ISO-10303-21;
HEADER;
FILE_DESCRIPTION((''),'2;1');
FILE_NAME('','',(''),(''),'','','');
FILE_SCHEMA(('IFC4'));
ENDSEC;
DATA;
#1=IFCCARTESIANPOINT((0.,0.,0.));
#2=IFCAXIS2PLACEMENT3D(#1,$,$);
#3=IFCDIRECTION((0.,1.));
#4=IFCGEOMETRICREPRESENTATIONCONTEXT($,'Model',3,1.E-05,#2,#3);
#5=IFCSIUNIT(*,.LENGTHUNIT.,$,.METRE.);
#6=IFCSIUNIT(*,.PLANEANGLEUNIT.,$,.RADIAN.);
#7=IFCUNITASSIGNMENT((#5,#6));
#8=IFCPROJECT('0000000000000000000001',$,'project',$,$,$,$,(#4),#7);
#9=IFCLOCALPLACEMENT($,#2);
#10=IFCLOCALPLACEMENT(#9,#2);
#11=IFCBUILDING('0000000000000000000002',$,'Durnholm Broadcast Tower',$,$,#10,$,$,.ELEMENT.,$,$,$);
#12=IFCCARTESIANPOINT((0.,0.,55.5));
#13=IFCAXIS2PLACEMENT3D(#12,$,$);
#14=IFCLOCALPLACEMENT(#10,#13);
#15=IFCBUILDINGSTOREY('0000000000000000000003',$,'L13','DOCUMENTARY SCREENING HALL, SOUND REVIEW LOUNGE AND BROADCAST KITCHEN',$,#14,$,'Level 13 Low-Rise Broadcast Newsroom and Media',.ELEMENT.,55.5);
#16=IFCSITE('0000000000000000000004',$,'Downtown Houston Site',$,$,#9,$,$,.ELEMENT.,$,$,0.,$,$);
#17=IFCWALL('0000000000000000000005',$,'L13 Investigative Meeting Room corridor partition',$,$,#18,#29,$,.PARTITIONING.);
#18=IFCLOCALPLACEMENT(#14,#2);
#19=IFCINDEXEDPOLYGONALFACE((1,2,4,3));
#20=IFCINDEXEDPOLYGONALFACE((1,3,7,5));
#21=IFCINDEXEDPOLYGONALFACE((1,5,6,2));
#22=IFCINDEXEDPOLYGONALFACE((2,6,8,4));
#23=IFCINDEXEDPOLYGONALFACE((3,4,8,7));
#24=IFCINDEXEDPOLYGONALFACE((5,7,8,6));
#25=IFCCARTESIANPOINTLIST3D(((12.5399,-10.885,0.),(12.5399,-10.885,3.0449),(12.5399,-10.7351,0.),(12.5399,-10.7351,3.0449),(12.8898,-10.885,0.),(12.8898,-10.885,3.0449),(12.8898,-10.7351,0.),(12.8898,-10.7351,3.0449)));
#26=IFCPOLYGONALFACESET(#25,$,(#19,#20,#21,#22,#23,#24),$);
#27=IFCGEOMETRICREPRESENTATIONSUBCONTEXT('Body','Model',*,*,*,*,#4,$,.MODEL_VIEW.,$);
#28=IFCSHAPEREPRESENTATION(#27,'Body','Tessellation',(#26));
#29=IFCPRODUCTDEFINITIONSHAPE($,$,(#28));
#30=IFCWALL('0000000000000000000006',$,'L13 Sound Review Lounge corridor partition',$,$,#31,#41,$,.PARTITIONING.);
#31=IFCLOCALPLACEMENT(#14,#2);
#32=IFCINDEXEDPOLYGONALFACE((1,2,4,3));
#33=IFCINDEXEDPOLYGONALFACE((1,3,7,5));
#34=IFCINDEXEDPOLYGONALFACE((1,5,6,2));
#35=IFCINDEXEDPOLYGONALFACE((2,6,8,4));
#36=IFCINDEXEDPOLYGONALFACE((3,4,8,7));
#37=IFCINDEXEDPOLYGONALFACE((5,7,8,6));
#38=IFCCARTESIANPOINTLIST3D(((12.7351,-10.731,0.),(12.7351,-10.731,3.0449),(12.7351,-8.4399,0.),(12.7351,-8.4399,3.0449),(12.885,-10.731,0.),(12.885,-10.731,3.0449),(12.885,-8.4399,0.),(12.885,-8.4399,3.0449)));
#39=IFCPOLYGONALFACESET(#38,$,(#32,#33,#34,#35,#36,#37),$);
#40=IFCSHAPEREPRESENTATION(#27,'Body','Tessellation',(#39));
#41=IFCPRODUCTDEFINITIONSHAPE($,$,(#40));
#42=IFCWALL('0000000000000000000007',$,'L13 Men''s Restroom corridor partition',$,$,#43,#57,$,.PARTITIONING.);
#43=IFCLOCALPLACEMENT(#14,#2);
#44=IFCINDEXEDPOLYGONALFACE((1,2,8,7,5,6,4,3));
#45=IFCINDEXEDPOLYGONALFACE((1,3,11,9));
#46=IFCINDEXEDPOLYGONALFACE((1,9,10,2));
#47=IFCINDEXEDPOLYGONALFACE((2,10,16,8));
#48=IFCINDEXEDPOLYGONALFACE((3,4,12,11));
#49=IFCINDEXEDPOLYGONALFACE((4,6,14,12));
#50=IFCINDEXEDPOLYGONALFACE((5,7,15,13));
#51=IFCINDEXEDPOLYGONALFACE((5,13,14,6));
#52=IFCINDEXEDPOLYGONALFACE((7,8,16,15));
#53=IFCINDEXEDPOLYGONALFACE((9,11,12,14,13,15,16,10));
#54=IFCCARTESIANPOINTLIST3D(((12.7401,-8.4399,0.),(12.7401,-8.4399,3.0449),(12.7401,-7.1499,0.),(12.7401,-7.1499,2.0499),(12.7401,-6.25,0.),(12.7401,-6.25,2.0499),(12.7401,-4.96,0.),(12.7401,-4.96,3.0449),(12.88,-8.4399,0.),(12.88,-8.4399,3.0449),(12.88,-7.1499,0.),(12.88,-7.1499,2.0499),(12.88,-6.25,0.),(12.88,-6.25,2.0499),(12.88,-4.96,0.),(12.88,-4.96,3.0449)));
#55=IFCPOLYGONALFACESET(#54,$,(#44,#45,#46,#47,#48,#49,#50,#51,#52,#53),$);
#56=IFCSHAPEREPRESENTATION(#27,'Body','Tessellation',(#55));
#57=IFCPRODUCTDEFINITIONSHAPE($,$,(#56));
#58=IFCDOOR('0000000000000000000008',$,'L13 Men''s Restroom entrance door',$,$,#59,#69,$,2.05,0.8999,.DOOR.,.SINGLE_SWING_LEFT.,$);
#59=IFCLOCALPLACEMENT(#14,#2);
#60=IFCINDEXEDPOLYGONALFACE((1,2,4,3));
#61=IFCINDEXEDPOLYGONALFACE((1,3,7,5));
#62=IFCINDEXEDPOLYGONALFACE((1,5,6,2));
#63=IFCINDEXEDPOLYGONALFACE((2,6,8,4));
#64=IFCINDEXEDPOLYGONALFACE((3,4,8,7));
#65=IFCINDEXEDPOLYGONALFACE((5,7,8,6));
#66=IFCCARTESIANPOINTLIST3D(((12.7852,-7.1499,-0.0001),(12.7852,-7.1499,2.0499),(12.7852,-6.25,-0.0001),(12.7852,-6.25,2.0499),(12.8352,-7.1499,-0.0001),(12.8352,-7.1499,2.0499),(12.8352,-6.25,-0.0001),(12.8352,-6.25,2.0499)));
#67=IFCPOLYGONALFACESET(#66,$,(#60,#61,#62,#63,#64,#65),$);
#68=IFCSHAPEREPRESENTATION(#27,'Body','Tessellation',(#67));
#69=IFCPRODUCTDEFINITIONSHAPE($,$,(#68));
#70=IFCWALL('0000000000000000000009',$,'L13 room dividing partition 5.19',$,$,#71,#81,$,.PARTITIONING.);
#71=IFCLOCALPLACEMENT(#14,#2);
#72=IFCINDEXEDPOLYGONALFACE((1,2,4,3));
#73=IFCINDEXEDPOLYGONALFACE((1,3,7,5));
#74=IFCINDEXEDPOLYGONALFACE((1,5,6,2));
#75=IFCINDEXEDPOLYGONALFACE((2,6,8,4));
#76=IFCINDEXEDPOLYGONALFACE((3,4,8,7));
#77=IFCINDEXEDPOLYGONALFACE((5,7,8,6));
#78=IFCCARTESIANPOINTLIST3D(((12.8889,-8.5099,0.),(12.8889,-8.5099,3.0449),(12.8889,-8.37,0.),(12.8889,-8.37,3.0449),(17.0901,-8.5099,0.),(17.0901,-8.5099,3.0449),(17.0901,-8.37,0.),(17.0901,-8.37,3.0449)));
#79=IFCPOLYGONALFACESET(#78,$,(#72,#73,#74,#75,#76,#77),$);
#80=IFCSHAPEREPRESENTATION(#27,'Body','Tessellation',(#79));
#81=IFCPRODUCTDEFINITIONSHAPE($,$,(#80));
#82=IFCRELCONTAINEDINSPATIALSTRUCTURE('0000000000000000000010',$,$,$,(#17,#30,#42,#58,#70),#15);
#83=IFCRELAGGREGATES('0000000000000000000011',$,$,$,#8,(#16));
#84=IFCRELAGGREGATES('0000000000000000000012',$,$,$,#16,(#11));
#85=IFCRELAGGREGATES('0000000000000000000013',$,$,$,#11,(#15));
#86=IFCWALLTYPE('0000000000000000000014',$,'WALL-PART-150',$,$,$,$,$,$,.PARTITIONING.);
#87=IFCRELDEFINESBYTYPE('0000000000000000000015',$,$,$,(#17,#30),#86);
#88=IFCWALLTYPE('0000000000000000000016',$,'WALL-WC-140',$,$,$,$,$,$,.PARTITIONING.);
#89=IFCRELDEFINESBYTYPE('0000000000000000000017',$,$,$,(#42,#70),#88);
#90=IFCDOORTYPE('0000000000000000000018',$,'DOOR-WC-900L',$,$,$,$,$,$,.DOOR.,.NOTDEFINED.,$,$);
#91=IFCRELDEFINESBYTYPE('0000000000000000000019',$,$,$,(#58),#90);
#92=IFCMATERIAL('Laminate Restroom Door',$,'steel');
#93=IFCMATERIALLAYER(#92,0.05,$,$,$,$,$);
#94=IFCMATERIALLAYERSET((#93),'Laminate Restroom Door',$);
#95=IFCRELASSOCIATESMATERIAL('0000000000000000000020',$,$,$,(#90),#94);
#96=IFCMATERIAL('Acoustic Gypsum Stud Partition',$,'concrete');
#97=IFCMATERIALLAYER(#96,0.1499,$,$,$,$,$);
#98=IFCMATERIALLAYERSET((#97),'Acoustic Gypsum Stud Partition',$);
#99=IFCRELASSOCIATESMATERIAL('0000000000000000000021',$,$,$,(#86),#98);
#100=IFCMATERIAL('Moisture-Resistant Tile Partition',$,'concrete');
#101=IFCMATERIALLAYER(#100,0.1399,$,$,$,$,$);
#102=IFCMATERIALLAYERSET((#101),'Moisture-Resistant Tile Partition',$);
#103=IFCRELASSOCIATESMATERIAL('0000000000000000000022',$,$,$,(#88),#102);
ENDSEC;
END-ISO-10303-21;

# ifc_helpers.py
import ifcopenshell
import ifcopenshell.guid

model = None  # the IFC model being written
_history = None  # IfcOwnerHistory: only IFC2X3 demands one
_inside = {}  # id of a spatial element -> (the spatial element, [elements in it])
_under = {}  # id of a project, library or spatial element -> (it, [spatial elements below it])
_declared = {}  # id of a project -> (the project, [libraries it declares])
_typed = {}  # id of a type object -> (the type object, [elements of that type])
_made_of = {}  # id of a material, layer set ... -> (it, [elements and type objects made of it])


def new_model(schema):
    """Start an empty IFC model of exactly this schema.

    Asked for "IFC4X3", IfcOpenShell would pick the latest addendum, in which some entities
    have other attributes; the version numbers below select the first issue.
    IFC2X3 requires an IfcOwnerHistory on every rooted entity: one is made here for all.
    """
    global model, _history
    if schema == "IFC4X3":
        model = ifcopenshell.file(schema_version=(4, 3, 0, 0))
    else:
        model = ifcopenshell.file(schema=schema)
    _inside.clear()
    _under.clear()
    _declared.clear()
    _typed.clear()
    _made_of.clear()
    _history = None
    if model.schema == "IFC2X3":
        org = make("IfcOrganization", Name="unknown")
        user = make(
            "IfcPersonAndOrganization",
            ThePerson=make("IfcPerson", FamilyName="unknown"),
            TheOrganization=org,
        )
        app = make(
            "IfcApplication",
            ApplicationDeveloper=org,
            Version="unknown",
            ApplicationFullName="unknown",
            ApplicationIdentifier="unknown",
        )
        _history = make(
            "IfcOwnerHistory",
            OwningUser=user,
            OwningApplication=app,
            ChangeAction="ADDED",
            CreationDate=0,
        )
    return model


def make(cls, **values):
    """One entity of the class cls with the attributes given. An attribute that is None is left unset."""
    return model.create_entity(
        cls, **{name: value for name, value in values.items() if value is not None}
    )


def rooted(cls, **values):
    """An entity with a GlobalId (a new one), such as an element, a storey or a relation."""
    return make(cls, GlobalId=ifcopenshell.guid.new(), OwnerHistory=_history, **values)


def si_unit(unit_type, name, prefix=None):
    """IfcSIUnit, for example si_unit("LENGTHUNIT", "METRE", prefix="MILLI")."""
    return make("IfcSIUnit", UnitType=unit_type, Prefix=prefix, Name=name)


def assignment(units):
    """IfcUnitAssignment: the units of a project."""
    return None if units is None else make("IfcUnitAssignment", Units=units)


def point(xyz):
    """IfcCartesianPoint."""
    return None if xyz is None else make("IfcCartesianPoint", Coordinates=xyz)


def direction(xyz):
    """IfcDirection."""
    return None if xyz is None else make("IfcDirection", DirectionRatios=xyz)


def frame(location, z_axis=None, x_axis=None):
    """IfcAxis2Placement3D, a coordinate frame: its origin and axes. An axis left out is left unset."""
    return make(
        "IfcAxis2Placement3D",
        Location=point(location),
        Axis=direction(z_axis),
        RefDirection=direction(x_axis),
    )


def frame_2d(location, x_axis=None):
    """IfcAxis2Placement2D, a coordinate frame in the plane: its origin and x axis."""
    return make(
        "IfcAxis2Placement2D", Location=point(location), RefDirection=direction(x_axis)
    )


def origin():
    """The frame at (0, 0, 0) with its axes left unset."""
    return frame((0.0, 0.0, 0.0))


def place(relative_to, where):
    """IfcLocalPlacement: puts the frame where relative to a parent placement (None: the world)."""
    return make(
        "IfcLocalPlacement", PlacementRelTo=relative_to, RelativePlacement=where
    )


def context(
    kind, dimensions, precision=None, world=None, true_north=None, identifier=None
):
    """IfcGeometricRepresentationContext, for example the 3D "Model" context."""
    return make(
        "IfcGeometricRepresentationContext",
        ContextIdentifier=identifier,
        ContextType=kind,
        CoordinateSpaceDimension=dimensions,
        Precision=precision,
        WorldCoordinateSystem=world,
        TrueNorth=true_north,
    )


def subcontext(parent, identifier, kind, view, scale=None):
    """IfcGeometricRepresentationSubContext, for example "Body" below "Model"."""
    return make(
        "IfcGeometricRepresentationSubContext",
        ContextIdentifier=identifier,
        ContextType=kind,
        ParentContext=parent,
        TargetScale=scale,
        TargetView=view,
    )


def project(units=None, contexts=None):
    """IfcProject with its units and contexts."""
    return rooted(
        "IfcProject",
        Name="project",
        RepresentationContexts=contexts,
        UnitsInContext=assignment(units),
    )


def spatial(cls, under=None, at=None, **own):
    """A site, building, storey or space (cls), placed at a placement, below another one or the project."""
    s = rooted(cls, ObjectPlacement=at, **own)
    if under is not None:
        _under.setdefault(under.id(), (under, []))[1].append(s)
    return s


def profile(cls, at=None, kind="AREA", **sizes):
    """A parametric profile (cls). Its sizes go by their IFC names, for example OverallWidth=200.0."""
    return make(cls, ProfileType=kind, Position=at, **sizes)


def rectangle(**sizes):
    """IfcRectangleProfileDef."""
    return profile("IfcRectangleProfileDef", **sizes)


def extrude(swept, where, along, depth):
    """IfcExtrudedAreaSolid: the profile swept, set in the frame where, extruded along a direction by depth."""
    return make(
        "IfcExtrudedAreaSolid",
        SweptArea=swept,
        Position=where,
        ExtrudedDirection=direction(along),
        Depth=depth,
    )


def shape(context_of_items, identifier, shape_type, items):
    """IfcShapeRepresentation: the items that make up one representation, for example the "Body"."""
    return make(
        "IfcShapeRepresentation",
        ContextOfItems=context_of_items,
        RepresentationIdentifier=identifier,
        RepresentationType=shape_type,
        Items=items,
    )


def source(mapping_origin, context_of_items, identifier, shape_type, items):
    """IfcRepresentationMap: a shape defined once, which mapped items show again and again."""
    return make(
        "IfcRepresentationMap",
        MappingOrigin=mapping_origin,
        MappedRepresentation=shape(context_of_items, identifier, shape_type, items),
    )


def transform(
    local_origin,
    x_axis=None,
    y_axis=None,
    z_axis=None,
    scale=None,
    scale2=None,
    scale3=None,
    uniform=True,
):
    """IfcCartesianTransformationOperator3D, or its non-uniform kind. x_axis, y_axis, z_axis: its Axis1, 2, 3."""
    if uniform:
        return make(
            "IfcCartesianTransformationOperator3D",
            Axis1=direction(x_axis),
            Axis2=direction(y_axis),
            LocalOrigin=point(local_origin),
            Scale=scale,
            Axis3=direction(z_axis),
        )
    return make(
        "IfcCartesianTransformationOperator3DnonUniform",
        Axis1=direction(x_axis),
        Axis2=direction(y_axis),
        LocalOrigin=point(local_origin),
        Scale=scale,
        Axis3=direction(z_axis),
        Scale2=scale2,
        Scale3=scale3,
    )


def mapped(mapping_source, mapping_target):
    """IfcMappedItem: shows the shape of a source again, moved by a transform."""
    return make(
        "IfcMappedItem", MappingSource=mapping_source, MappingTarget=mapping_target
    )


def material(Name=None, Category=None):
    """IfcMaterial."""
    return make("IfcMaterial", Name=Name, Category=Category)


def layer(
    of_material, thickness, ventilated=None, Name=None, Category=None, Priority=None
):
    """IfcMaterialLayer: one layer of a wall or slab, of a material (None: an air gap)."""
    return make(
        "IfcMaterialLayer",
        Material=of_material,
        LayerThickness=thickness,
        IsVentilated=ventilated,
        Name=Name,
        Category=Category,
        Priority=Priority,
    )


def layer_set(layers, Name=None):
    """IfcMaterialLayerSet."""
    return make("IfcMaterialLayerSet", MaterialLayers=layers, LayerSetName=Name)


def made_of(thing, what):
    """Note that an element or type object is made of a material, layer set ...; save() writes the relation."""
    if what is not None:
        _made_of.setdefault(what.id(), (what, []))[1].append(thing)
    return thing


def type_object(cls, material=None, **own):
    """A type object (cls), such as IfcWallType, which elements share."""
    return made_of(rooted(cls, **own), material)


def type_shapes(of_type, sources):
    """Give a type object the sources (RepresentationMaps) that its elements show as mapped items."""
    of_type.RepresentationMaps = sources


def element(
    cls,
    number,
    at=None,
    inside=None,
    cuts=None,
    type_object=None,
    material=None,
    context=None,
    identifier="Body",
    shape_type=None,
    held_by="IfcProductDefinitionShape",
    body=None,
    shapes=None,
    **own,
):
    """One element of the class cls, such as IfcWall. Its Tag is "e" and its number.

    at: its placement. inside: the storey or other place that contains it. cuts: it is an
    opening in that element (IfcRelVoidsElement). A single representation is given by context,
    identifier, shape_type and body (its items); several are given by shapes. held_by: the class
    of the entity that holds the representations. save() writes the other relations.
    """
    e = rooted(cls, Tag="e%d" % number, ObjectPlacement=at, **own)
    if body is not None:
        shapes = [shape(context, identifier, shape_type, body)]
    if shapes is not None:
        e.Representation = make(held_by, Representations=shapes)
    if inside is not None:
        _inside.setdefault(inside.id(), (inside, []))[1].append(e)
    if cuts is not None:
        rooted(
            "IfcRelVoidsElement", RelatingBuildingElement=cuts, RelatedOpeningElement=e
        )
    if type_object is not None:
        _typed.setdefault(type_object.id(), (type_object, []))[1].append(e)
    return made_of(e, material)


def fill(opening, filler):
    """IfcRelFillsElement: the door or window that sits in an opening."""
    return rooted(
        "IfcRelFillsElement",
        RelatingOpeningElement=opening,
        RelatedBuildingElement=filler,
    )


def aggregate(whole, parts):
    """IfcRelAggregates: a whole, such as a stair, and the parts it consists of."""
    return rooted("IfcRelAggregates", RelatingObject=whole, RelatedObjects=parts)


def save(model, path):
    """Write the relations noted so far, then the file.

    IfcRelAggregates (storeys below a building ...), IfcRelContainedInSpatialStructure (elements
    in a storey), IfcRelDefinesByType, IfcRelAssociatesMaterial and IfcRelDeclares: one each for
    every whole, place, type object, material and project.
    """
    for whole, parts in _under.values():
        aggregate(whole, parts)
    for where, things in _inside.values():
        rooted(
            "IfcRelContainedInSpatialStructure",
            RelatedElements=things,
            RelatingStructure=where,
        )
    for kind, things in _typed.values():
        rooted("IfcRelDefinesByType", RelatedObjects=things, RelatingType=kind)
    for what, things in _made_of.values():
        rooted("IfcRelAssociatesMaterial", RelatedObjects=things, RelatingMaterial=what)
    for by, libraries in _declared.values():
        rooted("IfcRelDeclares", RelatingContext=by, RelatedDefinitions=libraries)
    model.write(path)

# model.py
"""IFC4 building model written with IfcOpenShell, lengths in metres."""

from ifc_helpers import new_model, si_unit, direction, frame, frame_2d, origin, place, context, subcontext, project, spatial, rectangle, extrude, source, transform, mapped, material, layer, layer_set, type_object, type_shapes, element, fill, save


model = new_model("IFC4")

# Units and contexts
model_context = context("Model", 3, precision=1e-05, world=origin(), true_north=direction((0.0, 1.0)))
body_context = subcontext(model_context, "Body", "Model", "MODEL_VIEW")
ifc_project = project(units=[si_unit("LENGTHUNIT", "METRE"), si_unit("PLANEANGLEUNIT", "RADIAN")], contexts=[model_context])

# Site, building, storey
site_placement = place(None, origin())
site = spatial("IfcSite", under=ifc_project, at=site_placement, Name="Downtown Houston Site", CompositionType="ELEMENT", RefElevation=0.0)
building_placement = place(site_placement, origin())
building = spatial("IfcBuilding", under=site, at=building_placement, Name="Durnholm Broadcast Tower", CompositionType="ELEMENT")
storey_placement = place(building_placement, frame((0.0, 0.0, 55.5)))
storey = spatial("IfcBuildingStorey", under=building, at=storey_placement, Name="L13", Description="DOCUMENTARY SCREENING HALL, SOUND REVIEW LOUNGE AND BROADCAST KITCHEN", LongName="Level 13 Low-Rise Broadcast Newsroom and Media", CompositionType="ELEMENT", Elevation=55.5)

# Shared definitions
ifc_material_1 = material(Name="Laminate Restroom Door", Category="steel")
ifc_layer_1 = layer(ifc_material_1, 0.05)
ifc_layer_set_1 = layer_set([ifc_layer_1], Name="Laminate Restroom Door")
door_type = type_object("IfcDoorType", Name="DOOR-WC-900L", OperationType="NOTDEFINED", PredefinedType="DOOR", material=ifc_layer_set_1)
shared_shape_1 = source(origin(), body_context, "Body", "SweptSolid", [
    extrude(rectangle(XDim=0.8999, YDim=2.05, at=frame_2d((0.45, 1.0249))), frame((0.0, 0.0249, 0.0), z_axis=(0.0, -1.0, 0.0), x_axis=(1.0, 0.0, 0.0)), (0.0, 0.0, 1.0), 0.05),
])
type_shapes(door_type, [shared_shape_1])

# Walls
ifc_material_2 = material(Name="Acoustic Gypsum Stud Partition", Category="concrete")
ifc_layer_2 = layer(ifc_material_2, 0.1499)
ifc_layer_set_2 = layer_set([ifc_layer_2], Name="Acoustic Gypsum Stud Partition")
wall_type_1 = type_object("IfcWallType", Name="WALL-PART-150", PredefinedType="PARTITIONING", material=ifc_layer_set_2)
wall_1_placement = place(storey_placement, frame((12.54, -10.8101, 0.0), z_axis=(0.0, 0.0, 1.0), x_axis=(1.0, 0.0, 0.0)))
element("IfcWall", 1, at=wall_1_placement, inside=storey, type_object=wall_type_1, Name="L13 Investigative Meeting Room corridor partition", PredefinedType="PARTITIONING", context=body_context, shape_type="SweptSolid", body=[
    extrude(rectangle(XDim=0.3499, YDim=0.1499, at=frame_2d((0.1748, 0.0))), origin(), (0.0, 0.0, 1.0), 3.0449),
])
wall_2_placement = place(storey_placement, frame((12.8101, -10.731, 0.0), z_axis=(0.0, 0.0, 1.0), x_axis=(0.0, 1.0, 0.0)))
element("IfcWall", 2, at=wall_2_placement, inside=storey, type_object=wall_type_1, Name="L13 Sound Review Lounge corridor partition", PredefinedType="PARTITIONING", context=body_context, shape_type="SweptSolid", body=[
    extrude(rectangle(XDim=2.291, YDim=0.1499, at=frame_2d((1.1455, 0.0))), origin(), (0.0, 0.0, 1.0), 3.0449),
])

# Wall, opening, door
ifc_material_3 = material(Name="Moisture-Resistant Tile Partition", Category="concrete")
ifc_layer_3 = layer(ifc_material_3, 0.1399)
ifc_layer_set_3 = layer_set([ifc_layer_3], Name="Moisture-Resistant Tile Partition")
wall_type_2 = type_object("IfcWallType", Name="WALL-WC-140", PredefinedType="PARTITIONING", material=ifc_layer_set_3)
wall_3_placement = place(storey_placement, frame((12.8101, -8.4399, 0.0), z_axis=(0.0, 0.0, 1.0), x_axis=(0.0, 1.0, 0.0)))
wall_3 = element("IfcWall", 3, at=wall_3_placement, inside=storey, type_object=wall_type_2, Name="L13 Men's Restroom corridor partition", PredefinedType="PARTITIONING", context=body_context, shape_type="SweptSolid", body=[
    extrude(rectangle(XDim=3.48, YDim=0.1399, at=frame_2d((1.74, 0.0))), origin(), (0.0, 0.0, 1.0), 3.0449),
])
opening_1_placement = place(wall_3_placement, frame((1.29, 0.0, 0.0)))
opening_1 = element("IfcOpeningElement", 4, at=opening_1_placement, cuts=wall_3, PredefinedType="OPENING", context=body_context, shape_type="SweptSolid", body=[
    extrude(rectangle(XDim=0.8999, YDim=2.05, at=frame_2d((0.45, 1.0249))), frame((0.0, 0.0801, 0.0), z_axis=(0.0, -1.0, 0.0), x_axis=(1.0, 0.0, 0.0)), (0.0, 0.0, 1.0), 0.1599),
])
door_1_placement = place(opening_1_placement, origin())
door_1 = element("IfcDoor", 5, at=door_1_placement, inside=storey, type_object=door_type, Name="L13 Men's Restroom entrance door", OperationType="SINGLE_SWING_LEFT", OverallHeight=2.05, OverallWidth=0.8999, PredefinedType="DOOR", context=body_context, shape_type="MappedRepresentation", body=[
    mapped(shared_shape_1, transform((0.0, 0.0, 0.0), x_axis=(1.0, 0.0, 0.0), y_axis=(0.0, 1.0, 0.0), z_axis=(0.0, 0.0, 1.0), scale=1.0)),
])
fill(opening_1, door_1)

# Wall
wall_4_placement = place(storey_placement, frame((17.0901, -8.4399, 0.0), z_axis=(0.0, 0.0, 1.0), x_axis=(-1.0, 0.0, 0.0)))
element("IfcWall", 6, at=wall_4_placement, inside=storey, type_object=wall_type_2, Name="L13 room dividing partition 5.19", PredefinedType="PARTITIONING", context=body_context, shape_type="SweptSolid", body=[
    extrude(rectangle(XDim=4.2012, YDim=0.1399, at=frame_2d((2.1006, 0.0))), origin(), (0.0, 0.0, 1.0), 3.0449),
])

save(model, "model.ifc")
